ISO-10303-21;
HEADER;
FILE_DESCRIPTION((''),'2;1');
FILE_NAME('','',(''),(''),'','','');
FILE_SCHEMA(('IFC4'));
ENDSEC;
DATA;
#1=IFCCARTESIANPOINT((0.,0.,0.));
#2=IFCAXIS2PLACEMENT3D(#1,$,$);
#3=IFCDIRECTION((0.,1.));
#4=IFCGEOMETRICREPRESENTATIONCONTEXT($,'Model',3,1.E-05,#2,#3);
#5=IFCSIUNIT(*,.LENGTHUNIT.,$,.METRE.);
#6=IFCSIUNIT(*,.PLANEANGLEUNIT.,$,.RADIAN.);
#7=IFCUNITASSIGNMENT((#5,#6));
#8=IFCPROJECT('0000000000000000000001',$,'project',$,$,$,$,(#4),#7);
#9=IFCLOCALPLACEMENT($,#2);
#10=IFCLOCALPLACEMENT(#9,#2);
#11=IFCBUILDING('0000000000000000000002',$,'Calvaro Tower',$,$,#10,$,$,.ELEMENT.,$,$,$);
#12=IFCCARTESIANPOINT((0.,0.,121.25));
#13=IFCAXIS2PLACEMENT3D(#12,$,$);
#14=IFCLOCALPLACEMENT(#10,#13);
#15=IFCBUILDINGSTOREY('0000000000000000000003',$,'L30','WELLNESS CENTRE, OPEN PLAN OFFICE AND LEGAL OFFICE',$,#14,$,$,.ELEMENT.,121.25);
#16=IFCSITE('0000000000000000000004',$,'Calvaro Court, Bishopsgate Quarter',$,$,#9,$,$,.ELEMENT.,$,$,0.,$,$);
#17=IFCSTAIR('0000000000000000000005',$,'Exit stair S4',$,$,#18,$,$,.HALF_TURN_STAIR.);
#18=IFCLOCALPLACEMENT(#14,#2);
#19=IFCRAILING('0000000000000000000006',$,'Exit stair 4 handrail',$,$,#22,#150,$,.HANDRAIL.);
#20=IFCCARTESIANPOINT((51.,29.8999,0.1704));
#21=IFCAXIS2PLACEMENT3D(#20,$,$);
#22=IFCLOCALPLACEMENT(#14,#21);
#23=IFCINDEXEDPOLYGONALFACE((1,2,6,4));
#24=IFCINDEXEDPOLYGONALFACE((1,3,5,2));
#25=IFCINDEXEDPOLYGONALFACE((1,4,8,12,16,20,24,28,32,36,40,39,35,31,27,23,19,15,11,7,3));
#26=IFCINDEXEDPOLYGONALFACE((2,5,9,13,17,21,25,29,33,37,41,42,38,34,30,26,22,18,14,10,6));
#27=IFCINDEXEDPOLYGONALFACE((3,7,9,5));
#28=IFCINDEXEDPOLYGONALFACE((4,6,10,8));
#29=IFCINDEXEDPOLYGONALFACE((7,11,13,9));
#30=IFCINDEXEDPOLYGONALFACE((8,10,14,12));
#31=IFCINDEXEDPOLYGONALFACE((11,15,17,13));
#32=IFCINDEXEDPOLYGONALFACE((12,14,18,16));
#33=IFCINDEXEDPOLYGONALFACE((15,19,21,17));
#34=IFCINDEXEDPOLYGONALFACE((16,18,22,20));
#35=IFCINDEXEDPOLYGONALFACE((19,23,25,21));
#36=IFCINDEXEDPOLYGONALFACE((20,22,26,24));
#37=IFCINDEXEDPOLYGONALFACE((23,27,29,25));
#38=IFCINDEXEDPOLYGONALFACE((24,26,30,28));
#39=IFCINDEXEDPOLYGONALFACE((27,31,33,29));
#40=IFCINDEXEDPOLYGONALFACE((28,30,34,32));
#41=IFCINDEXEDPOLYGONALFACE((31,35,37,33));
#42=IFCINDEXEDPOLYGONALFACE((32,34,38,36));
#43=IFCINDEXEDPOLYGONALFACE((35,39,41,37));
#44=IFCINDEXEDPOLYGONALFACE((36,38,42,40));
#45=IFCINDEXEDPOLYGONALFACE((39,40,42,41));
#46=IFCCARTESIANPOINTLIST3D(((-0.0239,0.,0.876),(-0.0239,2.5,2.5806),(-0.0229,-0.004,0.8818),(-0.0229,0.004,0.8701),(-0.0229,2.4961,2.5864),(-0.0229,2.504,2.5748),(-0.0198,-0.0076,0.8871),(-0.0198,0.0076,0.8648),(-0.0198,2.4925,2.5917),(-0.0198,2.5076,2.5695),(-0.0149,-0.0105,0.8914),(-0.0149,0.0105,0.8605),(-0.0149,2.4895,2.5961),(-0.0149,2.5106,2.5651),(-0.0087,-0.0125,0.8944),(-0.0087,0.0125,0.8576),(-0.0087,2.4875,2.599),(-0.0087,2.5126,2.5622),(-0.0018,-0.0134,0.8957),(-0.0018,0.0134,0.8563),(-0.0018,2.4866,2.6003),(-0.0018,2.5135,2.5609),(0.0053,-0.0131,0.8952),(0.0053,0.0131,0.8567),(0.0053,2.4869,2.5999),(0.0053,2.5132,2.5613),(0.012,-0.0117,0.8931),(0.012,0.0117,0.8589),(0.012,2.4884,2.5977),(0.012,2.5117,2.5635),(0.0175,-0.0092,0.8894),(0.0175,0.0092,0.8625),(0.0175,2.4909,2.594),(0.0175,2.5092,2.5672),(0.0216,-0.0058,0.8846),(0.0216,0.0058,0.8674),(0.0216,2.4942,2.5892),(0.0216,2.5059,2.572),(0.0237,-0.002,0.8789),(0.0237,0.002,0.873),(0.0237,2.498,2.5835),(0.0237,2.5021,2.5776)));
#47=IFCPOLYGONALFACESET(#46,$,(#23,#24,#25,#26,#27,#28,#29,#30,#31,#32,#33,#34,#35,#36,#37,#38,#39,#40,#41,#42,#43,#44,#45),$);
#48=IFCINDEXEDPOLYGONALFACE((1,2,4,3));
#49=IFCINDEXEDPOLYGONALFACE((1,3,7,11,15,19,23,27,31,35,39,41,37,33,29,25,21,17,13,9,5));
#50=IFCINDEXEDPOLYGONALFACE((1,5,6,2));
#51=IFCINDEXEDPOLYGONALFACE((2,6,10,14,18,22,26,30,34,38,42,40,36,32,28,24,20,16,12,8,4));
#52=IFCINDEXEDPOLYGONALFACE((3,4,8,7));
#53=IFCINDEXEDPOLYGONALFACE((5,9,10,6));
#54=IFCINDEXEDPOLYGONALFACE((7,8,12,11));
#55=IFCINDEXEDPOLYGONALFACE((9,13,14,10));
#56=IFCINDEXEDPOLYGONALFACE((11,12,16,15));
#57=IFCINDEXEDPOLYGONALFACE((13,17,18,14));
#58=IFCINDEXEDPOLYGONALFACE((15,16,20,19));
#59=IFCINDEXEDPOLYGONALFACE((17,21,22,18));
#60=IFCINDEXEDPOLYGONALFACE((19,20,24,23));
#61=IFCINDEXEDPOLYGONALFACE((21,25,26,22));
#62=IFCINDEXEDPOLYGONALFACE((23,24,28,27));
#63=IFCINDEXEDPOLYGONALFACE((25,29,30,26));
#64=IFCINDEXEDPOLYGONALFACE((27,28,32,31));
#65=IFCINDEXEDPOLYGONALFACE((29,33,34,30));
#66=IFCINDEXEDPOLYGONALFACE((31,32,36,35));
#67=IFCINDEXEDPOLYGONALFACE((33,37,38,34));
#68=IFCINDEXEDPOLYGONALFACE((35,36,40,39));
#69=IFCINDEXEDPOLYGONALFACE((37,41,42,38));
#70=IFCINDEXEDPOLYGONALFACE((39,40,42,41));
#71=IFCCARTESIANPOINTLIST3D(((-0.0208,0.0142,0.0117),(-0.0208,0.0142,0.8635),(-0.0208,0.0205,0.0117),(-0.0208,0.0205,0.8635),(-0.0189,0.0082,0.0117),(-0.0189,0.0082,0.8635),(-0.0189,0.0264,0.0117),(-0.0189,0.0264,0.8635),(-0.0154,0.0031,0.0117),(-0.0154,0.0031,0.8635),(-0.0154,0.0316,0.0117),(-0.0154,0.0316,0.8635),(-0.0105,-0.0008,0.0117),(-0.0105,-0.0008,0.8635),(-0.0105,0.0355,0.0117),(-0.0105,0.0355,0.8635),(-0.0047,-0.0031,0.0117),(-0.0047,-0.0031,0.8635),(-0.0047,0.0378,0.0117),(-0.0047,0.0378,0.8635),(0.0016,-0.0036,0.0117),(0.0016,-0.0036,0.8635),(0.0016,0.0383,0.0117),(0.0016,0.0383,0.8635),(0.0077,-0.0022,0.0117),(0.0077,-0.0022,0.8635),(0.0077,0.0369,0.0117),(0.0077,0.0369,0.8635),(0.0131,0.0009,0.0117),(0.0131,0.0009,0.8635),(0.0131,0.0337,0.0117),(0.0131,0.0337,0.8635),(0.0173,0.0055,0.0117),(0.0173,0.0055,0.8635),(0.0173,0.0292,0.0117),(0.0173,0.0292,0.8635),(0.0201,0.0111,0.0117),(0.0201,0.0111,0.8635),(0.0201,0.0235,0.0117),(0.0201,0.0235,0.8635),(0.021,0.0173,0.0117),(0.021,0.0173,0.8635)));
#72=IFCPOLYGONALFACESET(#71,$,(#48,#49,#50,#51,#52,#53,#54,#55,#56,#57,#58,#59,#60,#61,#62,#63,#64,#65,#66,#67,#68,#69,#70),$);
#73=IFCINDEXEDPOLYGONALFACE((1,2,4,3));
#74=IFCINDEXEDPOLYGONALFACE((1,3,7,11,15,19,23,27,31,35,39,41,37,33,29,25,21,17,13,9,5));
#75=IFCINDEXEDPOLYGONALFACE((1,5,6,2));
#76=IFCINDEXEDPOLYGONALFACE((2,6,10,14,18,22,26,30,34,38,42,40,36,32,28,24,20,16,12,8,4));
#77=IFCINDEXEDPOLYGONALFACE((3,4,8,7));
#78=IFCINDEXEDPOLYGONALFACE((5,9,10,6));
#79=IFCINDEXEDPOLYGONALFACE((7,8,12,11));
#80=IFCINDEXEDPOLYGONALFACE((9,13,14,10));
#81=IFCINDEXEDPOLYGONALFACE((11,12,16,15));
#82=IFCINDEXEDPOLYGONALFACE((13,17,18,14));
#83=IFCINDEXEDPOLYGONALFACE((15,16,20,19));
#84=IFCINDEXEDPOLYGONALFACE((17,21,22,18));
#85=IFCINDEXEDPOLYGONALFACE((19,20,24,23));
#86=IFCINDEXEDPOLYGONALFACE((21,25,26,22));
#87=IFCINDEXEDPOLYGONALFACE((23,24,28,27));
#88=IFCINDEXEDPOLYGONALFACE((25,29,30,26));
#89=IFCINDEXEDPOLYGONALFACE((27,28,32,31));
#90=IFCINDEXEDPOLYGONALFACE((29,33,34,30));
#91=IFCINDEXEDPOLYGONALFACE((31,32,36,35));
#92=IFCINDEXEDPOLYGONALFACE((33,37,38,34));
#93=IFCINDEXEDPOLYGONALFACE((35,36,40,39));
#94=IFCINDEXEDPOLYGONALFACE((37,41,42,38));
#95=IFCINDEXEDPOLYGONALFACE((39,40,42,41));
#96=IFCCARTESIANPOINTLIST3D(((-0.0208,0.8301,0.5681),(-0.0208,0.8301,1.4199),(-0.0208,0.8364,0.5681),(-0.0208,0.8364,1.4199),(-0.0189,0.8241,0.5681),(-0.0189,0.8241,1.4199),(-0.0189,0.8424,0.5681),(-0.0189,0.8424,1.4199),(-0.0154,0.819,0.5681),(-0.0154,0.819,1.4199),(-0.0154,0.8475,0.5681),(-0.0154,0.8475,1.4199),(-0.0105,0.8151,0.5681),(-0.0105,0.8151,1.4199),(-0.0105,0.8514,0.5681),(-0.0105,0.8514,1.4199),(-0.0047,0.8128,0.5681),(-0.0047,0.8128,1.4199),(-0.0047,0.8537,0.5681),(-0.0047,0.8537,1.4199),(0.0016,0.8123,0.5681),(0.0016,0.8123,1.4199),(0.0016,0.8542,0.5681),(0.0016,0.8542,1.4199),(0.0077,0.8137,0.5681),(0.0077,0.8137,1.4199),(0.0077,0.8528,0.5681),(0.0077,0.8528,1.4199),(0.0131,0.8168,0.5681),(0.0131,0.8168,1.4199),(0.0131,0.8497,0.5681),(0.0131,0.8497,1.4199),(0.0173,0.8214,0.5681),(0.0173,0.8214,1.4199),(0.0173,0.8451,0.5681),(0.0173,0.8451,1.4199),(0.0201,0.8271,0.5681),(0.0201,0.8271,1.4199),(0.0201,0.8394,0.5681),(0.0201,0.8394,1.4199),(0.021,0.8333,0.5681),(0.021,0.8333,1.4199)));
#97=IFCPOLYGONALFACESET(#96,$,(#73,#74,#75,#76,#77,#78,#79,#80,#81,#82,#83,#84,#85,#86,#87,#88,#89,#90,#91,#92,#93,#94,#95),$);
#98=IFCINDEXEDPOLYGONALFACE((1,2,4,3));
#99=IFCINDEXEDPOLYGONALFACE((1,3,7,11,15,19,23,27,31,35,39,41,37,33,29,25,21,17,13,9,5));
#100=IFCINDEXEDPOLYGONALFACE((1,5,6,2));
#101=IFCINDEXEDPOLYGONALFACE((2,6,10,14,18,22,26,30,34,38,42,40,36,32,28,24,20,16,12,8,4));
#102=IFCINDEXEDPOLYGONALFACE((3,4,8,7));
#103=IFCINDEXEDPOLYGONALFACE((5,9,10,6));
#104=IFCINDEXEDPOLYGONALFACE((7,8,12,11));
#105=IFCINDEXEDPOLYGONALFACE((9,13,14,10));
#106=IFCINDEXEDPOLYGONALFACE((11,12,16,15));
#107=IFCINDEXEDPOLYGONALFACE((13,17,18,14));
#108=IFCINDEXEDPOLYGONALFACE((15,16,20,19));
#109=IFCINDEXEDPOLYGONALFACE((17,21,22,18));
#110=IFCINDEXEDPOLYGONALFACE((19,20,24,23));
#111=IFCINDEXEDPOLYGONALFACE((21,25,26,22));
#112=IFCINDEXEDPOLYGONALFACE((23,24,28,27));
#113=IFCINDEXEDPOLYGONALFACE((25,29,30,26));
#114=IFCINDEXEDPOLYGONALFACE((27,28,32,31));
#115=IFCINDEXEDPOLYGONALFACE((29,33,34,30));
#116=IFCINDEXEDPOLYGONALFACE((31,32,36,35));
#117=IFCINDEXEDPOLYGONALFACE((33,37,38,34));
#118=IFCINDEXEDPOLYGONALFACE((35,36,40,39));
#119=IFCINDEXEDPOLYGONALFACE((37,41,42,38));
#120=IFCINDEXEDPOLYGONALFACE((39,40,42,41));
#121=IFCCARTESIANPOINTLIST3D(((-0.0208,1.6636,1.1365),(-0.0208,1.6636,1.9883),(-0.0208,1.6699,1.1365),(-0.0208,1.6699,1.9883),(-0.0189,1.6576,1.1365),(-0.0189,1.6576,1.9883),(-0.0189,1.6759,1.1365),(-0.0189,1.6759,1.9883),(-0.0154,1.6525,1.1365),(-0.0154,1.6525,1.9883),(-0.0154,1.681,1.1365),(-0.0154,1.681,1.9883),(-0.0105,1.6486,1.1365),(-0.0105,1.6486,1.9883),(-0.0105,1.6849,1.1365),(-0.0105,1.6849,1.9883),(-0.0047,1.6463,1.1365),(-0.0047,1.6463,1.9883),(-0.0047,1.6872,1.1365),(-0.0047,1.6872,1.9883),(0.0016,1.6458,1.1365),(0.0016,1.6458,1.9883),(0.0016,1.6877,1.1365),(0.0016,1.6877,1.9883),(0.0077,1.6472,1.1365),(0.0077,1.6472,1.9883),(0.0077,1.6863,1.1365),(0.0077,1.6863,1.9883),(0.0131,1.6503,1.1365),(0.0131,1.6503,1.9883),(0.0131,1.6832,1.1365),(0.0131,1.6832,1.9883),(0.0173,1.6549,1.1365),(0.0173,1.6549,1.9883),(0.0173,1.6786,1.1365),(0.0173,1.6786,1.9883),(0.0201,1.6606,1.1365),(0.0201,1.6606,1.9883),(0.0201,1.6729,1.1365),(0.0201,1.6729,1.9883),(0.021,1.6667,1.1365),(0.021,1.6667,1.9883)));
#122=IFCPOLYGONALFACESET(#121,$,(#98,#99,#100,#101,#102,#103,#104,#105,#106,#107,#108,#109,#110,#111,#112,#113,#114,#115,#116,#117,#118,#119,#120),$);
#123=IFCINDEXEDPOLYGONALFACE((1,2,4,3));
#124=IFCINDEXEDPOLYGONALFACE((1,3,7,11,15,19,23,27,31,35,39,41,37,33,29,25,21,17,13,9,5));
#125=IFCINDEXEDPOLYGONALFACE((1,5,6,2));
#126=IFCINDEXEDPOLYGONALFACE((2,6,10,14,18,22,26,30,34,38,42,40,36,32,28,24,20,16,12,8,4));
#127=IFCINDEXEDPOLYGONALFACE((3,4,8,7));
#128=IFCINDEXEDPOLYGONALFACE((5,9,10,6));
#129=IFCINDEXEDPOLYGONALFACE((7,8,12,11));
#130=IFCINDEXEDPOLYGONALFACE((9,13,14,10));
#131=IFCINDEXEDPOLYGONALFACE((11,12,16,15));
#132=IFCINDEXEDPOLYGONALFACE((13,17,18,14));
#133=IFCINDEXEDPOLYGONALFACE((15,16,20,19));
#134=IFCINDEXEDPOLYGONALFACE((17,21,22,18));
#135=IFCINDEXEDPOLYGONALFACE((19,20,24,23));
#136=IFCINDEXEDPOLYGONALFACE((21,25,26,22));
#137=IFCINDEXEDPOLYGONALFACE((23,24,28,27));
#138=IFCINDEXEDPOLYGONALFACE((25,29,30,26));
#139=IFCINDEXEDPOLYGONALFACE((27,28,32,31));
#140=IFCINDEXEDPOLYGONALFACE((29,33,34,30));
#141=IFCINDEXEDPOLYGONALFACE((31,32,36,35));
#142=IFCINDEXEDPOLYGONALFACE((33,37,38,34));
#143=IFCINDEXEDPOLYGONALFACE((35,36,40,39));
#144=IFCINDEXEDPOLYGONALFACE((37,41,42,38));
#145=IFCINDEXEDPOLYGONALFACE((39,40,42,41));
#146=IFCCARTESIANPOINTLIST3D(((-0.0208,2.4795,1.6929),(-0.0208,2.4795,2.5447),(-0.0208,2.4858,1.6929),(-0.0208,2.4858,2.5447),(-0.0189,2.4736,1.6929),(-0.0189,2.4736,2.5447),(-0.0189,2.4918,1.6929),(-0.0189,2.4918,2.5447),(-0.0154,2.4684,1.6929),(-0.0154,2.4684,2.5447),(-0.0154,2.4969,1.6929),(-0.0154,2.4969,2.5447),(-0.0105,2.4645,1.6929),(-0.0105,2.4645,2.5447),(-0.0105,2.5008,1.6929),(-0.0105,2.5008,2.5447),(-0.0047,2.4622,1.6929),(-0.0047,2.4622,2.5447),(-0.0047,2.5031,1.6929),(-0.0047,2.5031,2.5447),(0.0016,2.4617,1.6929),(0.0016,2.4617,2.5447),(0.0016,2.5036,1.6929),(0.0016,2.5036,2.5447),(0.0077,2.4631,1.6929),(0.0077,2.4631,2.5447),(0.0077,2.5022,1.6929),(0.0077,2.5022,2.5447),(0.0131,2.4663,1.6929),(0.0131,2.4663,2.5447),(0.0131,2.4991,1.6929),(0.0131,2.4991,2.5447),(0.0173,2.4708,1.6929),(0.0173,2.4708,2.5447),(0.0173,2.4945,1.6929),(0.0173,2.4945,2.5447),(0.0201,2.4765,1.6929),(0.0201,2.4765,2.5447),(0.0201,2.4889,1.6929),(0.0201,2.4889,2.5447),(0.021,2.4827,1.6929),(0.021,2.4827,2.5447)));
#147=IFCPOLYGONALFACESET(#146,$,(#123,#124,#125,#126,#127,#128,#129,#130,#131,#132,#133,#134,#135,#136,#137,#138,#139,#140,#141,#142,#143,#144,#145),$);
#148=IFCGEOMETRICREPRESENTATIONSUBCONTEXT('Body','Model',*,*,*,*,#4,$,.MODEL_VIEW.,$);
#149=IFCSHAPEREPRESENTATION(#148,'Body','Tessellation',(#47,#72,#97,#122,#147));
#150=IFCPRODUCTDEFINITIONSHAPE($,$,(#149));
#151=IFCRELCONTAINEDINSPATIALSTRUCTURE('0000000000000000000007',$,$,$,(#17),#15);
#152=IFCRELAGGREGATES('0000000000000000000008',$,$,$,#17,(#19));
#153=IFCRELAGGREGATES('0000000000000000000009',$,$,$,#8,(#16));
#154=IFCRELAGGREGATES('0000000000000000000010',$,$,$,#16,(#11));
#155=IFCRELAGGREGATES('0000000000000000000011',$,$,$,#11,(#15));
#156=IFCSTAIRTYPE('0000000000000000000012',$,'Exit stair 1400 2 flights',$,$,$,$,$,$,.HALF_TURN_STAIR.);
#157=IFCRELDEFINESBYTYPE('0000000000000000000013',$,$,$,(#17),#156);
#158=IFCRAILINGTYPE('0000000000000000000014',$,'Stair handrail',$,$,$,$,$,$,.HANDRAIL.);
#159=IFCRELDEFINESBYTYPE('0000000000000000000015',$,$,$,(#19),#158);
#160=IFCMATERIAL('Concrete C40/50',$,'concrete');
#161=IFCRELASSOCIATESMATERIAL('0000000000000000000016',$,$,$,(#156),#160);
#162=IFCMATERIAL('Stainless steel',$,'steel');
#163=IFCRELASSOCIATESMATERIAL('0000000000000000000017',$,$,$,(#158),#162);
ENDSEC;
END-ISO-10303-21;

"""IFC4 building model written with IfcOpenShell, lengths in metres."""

from ifc_helpers import new_model, si_unit, direction, frame, origin, origin_2d, place, context, subcontext, project, spatial, circle, extrude, material, type_object, element, aggregate, save


model = new_model("IFC4")

# Units and contexts
model_context = context("Model", 3, precision=1e-05, world=origin(), true_north=direction((0.0, 1.0)))
body_context = subcontext(model_context, "Body", "Model", "MODEL_VIEW")
ifc_project = project(units=[si_unit("LENGTHUNIT", "METRE"), si_unit("PLANEANGLEUNIT", "RADIAN")], contexts=[model_context])

# Site, building, storey
site_placement = place(None, origin())
site = spatial("IfcSite", under=ifc_project, at=site_placement, Name="Calvaro Court, Bishopsgate Quarter", CompositionType="ELEMENT", RefElevation=0.0)
building_placement = place(site_placement, origin())
building = spatial("IfcBuilding", under=site, at=building_placement, Name="Calvaro Tower", CompositionType="ELEMENT")
storey_placement = place(building_placement, frame((0.0, 0.0, 121.25)))
storey = spatial("IfcBuildingStorey", under=building, at=storey_placement, Name="L30", Description="WELLNESS CENTRE, OPEN PLAN OFFICE AND LEGAL OFFICE", CompositionType="ELEMENT", Elevation=121.25)

# Stair
ifc_material_1 = material(Name="Concrete C40/50", Category="concrete")
stair_type = type_object("IfcStairType", Name="Exit stair 1400 2 flights", PredefinedType="HALF_TURN_STAIR", material=ifc_material_1)
stair_1_placement = place(storey_placement, origin())
stair_1 = element("IfcStair", 1, at=stair_1_placement, inside=storey, type_object=stair_type, Name="Exit stair S4", PredefinedType="HALF_TURN_STAIR")

# Railing
ifc_material_2 = material(Name="Stainless steel", Category="steel")
railing_type = type_object("IfcRailingType", Name="Stair handrail", PredefinedType="HANDRAIL", material=ifc_material_2)
railing_1_placement = place(storey_placement, frame((51.0, 29.8999, 0.1704)))
railing_1 = element("IfcRailing", 2, at=railing_1_placement, type_object=railing_type, Name="Exit stair 4 handrail", PredefinedType="HANDRAIL", context=body_context, shape_type="SweptSolid", body=[
    extrude(circle(Radius=0.0239, at=origin_2d()), frame((0.0, 0.0, 0.876), z_axis=(0.0, 0.826221, 0.563347), x_axis=(-1.0, 0.0, 0.0)), (0.0, 0.0, 1.0), 3.0259),
    extrude(circle(Radius=0.021, at=origin_2d()), frame((0.0, 0.0173, 0.0117)), (0.0, 0.0, 1.0), 0.8518),
    extrude(circle(Radius=0.021, at=origin_2d()), frame((0.0, 0.8333, 0.5681)), (0.0, 0.0, 1.0), 0.8518),
    extrude(circle(Radius=0.021, at=origin_2d()), frame((0.0, 1.6667, 1.1365)), (0.0, 0.0, 1.0), 0.8518),
    extrude(circle(Radius=0.021, at=origin_2d()), frame((0.0, 2.4827, 1.6929)), (0.0, 0.0, 1.0), 0.8518),
])
aggregate(stair_1, [railing_1])

save(model, "model.ifc")
